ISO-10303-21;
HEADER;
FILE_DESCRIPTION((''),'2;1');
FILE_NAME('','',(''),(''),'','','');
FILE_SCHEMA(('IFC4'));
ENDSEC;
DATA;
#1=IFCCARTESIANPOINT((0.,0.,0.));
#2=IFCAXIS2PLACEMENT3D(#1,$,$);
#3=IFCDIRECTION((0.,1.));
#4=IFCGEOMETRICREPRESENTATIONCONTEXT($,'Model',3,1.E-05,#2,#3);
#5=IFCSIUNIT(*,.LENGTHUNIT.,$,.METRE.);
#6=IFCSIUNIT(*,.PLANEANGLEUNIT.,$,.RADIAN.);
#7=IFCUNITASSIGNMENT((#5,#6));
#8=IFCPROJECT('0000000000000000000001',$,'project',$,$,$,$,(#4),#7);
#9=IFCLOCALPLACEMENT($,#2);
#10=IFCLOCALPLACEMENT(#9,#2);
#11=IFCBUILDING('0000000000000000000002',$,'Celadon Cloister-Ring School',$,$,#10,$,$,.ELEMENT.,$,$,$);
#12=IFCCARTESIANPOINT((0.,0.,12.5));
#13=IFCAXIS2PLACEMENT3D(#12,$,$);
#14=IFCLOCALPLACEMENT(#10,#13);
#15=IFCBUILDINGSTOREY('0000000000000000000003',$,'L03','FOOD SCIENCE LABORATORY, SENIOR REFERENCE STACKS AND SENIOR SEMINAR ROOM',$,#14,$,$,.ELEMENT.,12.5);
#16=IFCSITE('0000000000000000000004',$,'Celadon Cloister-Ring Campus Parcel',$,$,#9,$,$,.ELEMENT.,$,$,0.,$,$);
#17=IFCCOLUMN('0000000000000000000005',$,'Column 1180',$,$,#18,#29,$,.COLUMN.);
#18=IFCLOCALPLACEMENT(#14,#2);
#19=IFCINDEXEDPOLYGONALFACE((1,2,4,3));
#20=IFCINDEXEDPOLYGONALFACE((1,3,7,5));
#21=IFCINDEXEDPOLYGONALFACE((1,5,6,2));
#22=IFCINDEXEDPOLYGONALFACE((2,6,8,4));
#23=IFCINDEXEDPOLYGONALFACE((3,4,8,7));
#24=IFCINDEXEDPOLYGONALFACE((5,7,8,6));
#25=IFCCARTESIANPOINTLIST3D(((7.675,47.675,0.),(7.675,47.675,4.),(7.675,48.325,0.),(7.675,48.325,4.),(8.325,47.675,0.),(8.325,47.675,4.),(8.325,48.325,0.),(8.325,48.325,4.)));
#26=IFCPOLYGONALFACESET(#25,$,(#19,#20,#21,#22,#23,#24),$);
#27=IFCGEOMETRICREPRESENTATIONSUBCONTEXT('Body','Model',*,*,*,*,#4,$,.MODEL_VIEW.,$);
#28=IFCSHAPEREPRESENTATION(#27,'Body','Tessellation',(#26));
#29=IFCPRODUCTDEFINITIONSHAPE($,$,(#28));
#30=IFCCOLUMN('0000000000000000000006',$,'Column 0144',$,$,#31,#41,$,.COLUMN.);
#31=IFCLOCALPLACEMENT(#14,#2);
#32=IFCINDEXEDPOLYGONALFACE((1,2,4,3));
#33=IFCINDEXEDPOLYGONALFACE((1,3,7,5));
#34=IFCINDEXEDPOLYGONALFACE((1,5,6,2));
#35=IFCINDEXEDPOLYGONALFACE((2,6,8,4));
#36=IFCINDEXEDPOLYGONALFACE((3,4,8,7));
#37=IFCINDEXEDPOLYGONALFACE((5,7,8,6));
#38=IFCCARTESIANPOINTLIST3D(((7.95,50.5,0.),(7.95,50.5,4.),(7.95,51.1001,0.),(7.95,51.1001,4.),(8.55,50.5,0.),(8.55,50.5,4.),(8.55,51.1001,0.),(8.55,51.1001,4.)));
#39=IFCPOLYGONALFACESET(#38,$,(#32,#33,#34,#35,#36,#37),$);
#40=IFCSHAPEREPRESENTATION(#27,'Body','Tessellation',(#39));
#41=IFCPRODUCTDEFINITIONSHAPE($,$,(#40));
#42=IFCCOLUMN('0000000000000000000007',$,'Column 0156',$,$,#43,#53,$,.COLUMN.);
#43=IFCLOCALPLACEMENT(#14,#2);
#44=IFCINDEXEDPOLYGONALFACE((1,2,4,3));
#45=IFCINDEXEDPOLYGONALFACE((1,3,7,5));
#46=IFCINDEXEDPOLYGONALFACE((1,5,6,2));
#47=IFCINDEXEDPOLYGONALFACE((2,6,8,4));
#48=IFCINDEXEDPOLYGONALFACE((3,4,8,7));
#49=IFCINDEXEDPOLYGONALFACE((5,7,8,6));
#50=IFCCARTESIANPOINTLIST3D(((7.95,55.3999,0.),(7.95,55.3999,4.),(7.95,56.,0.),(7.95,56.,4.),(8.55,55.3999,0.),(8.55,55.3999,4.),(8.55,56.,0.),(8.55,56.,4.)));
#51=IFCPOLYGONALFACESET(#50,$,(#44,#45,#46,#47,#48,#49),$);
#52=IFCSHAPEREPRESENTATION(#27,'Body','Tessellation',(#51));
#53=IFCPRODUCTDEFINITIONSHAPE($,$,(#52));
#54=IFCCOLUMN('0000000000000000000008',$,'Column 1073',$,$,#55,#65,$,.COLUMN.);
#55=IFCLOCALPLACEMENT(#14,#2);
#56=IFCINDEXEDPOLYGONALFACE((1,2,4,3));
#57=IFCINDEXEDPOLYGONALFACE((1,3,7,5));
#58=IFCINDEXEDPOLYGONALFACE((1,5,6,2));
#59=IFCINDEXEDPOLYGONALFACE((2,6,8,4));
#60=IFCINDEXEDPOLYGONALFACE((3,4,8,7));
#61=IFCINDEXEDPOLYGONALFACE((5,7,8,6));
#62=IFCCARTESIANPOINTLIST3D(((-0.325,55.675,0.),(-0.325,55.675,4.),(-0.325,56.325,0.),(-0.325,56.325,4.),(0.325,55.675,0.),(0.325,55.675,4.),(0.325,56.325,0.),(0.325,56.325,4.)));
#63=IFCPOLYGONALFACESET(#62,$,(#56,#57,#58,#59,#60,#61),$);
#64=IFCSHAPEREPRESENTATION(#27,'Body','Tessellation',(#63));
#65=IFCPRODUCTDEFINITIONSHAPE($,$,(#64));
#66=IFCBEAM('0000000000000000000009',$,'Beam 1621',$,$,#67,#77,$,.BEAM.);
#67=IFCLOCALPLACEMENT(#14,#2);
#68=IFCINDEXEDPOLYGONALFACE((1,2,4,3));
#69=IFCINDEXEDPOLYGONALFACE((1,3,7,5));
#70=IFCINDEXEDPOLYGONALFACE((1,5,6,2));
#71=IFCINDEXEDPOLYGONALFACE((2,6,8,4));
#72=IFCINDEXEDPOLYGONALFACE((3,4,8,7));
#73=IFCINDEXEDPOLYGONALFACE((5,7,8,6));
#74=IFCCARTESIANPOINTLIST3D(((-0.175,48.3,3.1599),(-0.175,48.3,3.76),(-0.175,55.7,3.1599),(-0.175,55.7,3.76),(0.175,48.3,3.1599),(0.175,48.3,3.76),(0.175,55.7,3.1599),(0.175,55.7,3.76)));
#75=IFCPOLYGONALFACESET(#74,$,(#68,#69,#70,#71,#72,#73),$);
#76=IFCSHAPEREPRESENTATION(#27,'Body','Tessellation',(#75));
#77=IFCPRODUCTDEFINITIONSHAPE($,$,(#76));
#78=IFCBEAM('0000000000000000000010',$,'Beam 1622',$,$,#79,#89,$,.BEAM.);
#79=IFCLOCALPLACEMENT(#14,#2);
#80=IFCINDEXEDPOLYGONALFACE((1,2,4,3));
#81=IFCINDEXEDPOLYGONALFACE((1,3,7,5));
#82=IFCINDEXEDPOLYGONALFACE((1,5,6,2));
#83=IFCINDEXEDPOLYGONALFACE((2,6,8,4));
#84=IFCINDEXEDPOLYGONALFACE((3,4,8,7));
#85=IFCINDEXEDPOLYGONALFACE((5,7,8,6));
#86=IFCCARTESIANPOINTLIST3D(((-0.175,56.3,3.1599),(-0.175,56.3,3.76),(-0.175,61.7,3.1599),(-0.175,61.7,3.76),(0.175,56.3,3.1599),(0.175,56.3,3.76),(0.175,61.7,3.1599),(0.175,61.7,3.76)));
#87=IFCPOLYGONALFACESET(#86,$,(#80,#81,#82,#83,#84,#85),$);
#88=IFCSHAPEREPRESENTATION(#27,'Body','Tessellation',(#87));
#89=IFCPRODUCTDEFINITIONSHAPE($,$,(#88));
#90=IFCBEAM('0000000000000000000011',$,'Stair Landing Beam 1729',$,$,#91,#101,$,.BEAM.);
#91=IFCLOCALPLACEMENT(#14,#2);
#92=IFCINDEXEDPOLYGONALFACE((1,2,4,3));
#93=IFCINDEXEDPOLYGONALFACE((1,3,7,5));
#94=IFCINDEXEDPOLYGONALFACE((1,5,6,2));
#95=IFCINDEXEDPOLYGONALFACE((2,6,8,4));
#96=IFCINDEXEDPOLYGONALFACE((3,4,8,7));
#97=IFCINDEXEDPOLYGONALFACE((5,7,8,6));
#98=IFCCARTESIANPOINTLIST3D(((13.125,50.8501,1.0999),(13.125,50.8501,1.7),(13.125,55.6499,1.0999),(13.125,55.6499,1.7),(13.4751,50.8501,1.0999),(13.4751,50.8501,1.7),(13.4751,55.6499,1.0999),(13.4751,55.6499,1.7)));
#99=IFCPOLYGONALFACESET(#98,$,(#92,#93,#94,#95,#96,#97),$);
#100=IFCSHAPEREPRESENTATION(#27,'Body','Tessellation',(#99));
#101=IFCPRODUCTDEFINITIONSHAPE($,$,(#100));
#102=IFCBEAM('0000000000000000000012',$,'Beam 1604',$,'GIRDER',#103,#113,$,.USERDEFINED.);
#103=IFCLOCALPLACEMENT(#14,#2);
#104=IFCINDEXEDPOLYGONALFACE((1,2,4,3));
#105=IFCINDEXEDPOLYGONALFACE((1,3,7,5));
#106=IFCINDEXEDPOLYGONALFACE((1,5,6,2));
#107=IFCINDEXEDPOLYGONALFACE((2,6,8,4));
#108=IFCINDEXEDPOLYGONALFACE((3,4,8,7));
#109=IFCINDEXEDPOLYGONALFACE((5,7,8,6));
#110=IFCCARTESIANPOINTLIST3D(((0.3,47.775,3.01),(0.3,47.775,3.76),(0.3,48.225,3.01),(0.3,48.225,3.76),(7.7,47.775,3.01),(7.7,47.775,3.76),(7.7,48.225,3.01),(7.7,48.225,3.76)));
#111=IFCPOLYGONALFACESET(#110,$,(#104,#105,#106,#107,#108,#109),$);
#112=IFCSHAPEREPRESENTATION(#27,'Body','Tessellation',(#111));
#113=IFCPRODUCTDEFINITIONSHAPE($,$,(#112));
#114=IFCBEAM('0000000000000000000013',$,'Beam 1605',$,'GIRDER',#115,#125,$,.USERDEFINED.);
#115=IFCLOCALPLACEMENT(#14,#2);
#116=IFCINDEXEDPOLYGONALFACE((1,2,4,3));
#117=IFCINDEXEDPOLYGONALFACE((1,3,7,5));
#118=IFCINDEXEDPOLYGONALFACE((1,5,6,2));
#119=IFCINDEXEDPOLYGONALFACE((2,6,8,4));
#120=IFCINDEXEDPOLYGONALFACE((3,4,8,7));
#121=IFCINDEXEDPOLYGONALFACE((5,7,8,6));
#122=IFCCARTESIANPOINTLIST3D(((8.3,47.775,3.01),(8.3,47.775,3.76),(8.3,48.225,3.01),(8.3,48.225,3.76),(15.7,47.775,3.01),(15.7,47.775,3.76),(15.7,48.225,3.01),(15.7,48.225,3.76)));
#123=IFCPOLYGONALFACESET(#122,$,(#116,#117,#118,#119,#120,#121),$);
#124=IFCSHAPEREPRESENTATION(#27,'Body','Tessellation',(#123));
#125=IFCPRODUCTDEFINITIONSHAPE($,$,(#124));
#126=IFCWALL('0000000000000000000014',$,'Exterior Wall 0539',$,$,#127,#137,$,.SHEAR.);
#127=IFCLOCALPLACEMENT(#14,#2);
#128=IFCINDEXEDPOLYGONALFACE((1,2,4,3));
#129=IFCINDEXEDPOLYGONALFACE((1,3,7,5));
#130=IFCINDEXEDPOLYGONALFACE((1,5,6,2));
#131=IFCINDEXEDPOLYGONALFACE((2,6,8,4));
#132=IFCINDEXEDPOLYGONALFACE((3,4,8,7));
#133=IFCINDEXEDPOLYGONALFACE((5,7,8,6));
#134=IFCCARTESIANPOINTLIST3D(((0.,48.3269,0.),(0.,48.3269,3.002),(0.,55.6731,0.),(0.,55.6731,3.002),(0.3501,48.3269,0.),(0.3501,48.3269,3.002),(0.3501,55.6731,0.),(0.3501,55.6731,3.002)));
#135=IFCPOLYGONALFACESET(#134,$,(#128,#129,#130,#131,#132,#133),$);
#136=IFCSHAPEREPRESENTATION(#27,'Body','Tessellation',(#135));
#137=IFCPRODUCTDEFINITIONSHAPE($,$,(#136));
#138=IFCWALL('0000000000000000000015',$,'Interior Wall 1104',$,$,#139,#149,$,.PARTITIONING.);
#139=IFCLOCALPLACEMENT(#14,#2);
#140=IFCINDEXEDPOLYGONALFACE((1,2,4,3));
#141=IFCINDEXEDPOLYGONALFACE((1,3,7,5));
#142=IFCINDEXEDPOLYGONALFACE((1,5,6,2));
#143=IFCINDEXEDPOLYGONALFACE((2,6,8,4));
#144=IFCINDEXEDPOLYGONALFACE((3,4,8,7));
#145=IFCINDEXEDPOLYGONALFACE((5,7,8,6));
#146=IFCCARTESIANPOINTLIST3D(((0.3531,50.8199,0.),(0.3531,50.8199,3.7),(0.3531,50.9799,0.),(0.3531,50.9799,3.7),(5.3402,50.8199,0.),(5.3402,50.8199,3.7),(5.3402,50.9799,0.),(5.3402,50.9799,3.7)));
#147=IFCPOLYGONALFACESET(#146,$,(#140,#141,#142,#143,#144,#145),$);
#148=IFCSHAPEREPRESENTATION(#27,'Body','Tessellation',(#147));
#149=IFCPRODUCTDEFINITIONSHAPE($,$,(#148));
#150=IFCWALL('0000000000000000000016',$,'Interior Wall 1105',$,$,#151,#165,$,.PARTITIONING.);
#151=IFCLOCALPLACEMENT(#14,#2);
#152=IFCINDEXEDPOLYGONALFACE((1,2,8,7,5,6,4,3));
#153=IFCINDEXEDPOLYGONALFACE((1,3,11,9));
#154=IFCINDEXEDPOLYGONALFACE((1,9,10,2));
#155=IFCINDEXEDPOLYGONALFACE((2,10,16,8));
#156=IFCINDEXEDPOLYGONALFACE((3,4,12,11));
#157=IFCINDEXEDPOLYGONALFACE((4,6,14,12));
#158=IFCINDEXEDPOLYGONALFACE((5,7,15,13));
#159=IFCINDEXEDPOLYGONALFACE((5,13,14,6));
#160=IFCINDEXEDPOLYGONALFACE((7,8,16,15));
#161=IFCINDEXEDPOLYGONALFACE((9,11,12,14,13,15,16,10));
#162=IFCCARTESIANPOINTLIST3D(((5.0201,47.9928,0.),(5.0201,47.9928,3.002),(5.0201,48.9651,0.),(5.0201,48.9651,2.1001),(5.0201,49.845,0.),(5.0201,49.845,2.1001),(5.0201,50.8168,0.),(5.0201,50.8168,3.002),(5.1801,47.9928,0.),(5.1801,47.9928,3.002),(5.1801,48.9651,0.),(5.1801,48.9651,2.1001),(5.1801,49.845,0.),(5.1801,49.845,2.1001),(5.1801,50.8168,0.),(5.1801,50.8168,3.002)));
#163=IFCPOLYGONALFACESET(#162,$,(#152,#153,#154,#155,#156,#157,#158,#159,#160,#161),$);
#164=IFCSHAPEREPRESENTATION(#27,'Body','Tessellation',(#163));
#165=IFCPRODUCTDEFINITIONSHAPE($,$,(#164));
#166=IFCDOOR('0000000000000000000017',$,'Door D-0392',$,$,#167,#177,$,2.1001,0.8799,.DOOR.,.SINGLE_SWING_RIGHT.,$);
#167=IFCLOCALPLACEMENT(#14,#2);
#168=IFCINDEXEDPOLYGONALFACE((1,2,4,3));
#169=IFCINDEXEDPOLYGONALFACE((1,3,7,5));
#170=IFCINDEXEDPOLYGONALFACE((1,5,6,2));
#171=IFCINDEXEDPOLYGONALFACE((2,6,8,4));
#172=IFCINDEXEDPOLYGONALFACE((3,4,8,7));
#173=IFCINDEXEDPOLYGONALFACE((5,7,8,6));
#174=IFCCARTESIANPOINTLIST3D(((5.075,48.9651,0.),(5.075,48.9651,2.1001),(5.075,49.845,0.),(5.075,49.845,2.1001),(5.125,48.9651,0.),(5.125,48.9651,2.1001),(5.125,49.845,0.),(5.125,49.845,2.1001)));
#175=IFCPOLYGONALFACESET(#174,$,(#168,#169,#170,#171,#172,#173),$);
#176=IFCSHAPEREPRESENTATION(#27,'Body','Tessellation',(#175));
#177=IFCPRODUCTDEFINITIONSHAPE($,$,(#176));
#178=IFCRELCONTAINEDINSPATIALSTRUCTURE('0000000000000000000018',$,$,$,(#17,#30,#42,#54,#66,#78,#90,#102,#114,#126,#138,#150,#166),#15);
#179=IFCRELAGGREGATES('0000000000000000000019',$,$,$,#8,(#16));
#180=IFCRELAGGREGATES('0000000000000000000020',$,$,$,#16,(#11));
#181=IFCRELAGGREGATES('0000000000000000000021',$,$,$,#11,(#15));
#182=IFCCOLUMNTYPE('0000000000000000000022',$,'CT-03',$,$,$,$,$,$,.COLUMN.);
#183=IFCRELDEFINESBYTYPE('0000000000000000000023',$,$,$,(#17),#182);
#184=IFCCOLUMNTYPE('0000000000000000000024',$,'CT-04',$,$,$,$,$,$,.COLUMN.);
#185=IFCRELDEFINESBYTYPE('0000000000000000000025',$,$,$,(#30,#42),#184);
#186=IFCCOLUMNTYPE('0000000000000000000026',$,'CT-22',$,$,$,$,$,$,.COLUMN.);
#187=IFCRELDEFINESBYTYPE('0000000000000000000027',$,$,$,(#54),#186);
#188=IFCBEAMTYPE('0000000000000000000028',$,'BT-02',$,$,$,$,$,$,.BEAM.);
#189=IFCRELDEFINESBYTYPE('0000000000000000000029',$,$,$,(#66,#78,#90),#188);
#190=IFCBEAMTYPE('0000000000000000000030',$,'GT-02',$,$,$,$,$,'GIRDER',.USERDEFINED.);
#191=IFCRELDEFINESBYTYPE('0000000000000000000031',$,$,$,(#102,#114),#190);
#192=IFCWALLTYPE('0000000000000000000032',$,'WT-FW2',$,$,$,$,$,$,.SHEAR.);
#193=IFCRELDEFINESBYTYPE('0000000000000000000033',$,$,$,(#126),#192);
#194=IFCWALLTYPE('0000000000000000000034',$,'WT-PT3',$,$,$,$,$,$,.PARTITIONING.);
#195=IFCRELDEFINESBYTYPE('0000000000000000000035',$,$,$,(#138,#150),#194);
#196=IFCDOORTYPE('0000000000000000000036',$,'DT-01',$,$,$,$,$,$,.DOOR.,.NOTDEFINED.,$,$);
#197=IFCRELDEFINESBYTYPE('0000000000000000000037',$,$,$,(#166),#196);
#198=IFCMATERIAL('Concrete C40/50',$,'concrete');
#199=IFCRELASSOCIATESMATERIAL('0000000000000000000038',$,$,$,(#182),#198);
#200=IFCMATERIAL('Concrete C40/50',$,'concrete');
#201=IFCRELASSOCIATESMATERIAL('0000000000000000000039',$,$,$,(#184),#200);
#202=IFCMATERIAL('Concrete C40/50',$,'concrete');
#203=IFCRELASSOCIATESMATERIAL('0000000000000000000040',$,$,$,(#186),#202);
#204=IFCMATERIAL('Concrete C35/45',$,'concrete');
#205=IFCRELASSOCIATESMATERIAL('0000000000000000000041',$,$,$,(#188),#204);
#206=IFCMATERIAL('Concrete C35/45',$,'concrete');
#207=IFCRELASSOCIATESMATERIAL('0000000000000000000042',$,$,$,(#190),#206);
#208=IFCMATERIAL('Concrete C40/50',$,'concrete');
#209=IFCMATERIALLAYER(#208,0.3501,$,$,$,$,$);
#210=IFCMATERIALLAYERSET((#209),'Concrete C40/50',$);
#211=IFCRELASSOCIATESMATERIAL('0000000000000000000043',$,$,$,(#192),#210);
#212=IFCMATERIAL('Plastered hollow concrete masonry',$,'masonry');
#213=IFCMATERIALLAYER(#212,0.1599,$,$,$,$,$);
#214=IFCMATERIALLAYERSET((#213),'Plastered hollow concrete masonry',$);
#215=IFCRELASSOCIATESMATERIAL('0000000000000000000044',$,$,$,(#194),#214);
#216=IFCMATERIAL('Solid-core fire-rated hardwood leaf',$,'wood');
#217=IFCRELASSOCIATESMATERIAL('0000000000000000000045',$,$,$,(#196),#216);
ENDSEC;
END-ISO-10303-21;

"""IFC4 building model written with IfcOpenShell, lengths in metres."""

from ifc_helpers import new_model, si_unit, direction, frame, frame_2d, origin, origin_2d, place, context, subcontext, project, spatial, rectangle, extrude, material, layer, layer_set, material_profile, profile_set, type_object, element, fill, save


model = new_model("IFC4")

# Units and contexts
model_context = context("Model", 3, precision=1e-05, world=origin(), true_north=direction((0.0, 1.0)))
body_context = subcontext(model_context, "Body", "Model", "MODEL_VIEW")
ifc_project = project(units=[si_unit("LENGTHUNIT", "METRE"), si_unit("PLANEANGLEUNIT", "RADIAN")], contexts=[model_context])

# Site, building, storey
site_placement = place(None, origin())
site = spatial("IfcSite", under=ifc_project, at=site_placement, Name="Celadon Cloister-Ring Campus Parcel", CompositionType="ELEMENT", RefElevation=0.0)
building_placement = place(site_placement, origin())
building = spatial("IfcBuilding", under=site, at=building_placement, Name="Celadon Cloister-Ring School", CompositionType="ELEMENT")
storey_placement = place(building_placement, frame((0.0, 0.0, 12.5)))
storey = spatial("IfcBuildingStorey", under=building, at=storey_placement, Name="L03", Description="FOOD SCIENCE LABORATORY, SENIOR REFERENCE STACKS AND SENIOR SEMINAR ROOM", CompositionType="ELEMENT", Elevation=12.5)

# Columns
ifc_material_1 = material(Name="Concrete C40/50", Category="concrete")
ifc_material_profile_1 = material_profile(ifc_material_1, rectangle(XDim=0.6499, YDim=0.6499, at=origin_2d()), Name="RC650X650")
ifc_profile_set_1 = profile_set([ifc_material_profile_1], Name="Concrete C40/50")
column_type_1 = type_object("IfcColumnType", Name="CT-03", PredefinedType="COLUMN", material=ifc_profile_set_1)
column_1_placement = place(storey_placement, frame((8.0, 48.0, 0.0), z_axis=(0.0, 0.0, 1.0), x_axis=(1.0, 0.0, 0.0)))
element("IfcColumn", 1, at=column_1_placement, inside=storey, type_object=column_type_1, Name="Column 1180", PredefinedType="COLUMN", context=body_context, shape_type="SweptSolid", body=[
    extrude(rectangle(XDim=0.6499, YDim=0.6499, at=origin_2d()), origin(), (0.0, 0.0, 1.0), 4.0),
])
ifc_material_2 = material(Name="Concrete C40/50", Category="concrete")
ifc_material_profile_2 = material_profile(ifc_material_2, rectangle(XDim=0.6001, YDim=0.6001, at=origin_2d()), Name="RC600X600")
ifc_profile_set_2 = profile_set([ifc_material_profile_2], Name="Concrete C40/50")
column_type_2 = type_object("IfcColumnType", Name="CT-04", PredefinedType="COLUMN", material=ifc_profile_set_2)
for number, where, z_axis, x_axis, name in (
    (2, (8.25, 50.8, 0.0), (0.0, 0.0, 1.0), (1.0, 0.0, 0.0), "Column 0144"),
    (3, (8.25, 55.7, 0.0), (0.0, 0.0, 1.0), (1.0, 0.0, 0.0), "Column 0156"),
):
    element("IfcColumn", number, at=place(storey_placement, frame(where, z_axis=z_axis, x_axis=x_axis)), inside=storey, type_object=column_type_2, Name=name, PredefinedType="COLUMN", context=body_context, shape_type="SweptSolid", body=[
        extrude(rectangle(XDim=0.6001, YDim=0.6001, at=origin_2d()), origin(), (0.0, 0.0, 1.0), 4.0),
    ])
ifc_material_3 = material(Name="Concrete C40/50", Category="concrete")
ifc_material_profile_3 = material_profile(ifc_material_3, rectangle(XDim=0.6499, YDim=0.6499, at=origin_2d()), Name="RC650X650")
ifc_profile_set_3 = profile_set([ifc_material_profile_3], Name="Concrete C40/50")
column_type_3 = type_object("IfcColumnType", Name="CT-22", PredefinedType="COLUMN", material=ifc_profile_set_3)
column_2_placement = place(storey_placement, frame((0.0, 56.0, 0.0), z_axis=(0.0, 0.0, 1.0), x_axis=(1.0, 0.0, 0.0)))
element("IfcColumn", 4, at=column_2_placement, inside=storey, type_object=column_type_3, Name="Column 1073", PredefinedType="COLUMN", context=body_context, shape_type="SweptSolid", body=[
    extrude(rectangle(XDim=0.6499, YDim=0.6499, at=origin_2d()), origin(), (0.0, 0.0, 1.0), 4.0),
])

# Beams
ifc_material_4 = material(Name="Concrete C35/45", Category="concrete")
ifc_material_profile_4 = material_profile(ifc_material_4, rectangle(XDim=0.3501, YDim=0.6001, at=origin_2d()), Name="RC350X600")
ifc_profile_set_4 = profile_set([ifc_material_profile_4], Name="Concrete C35/45")
beam_type_1 = type_object("IfcBeamType", Name="BT-02", PredefinedType="BEAM", material=ifc_profile_set_4)
beam_1_placement = place(storey_placement, frame((0.0, 48.3, 3.46), z_axis=(0.0, 1.0, 0.0), x_axis=(-1.0, 0.0, 0.0)))
element("IfcBeam", 5, at=beam_1_placement, inside=storey, type_object=beam_type_1, Name="Beam 1621", PredefinedType="BEAM", context=body_context, shape_type="SweptSolid", body=[
    extrude(rectangle(XDim=0.3501, YDim=0.6001, at=origin_2d()), origin(), (0.0, 0.0, 1.0), 7.3999),
])
beam_2_placement = place(storey_placement, frame((0.0, 56.3, 3.46), z_axis=(0.0, 1.0, 0.0), x_axis=(-1.0, 0.0, 0.0)))
element("IfcBeam", 6, at=beam_2_placement, inside=storey, type_object=beam_type_1, Name="Beam 1622", PredefinedType="BEAM", context=body_context, shape_type="SweptSolid", body=[
    extrude(rectangle(XDim=0.3501, YDim=0.6001, at=origin_2d()), origin(), (0.0, 0.0, 1.0), 5.3999),
])
beam_3_placement = place(storey_placement, frame((13.3, 50.8501, 1.3999), z_axis=(0.0, 1.0, 0.0), x_axis=(-1.0, 0.0, 0.0)))
element("IfcBeam", 7, at=beam_3_placement, inside=storey, type_object=beam_type_1, Name="Stair Landing Beam 1729", PredefinedType="BEAM", context=body_context, shape_type="SweptSolid", body=[
    extrude(rectangle(XDim=0.3501, YDim=0.6001, at=origin_2d()), origin(), (0.0, 0.0, 1.0), 4.7998),
])
ifc_material_5 = material(Name="Concrete C35/45", Category="concrete")
ifc_material_profile_5 = material_profile(ifc_material_5, rectangle(XDim=0.45, YDim=0.75, at=origin_2d()), Name="RC450X750")
ifc_profile_set_5 = profile_set([ifc_material_profile_5], Name="Concrete C35/45")
beam_type_2 = type_object("IfcBeamType", Name="GT-02", ElementType="GIRDER", PredefinedType="USERDEFINED", material=ifc_profile_set_5)
for number, where, z_axis, x_axis, name in (
    (8, (0.3, 48.0, 3.385), (1.0, 0.0, 0.0), (0.0, 1.0, 0.0), "Beam 1604"),
    (9, (8.3, 48.0, 3.385), (1.0, 0.0, 0.0), (0.0, 1.0, 0.0), "Beam 1605"),
):
    element("IfcBeam", number, at=place(storey_placement, frame(where, z_axis=z_axis, x_axis=x_axis)), inside=storey, type_object=beam_type_2, Name=name, ObjectType="GIRDER", PredefinedType="USERDEFINED", context=body_context, shape_type="SweptSolid", body=[
        extrude(rectangle(XDim=0.45, YDim=0.75, at=origin_2d()), origin(), (0.0, 0.0, 1.0), 7.3999),
    ])

# Walls
ifc_material_6 = material(Name="Concrete C40/50", Category="concrete")
ifc_layer_1 = layer(ifc_material_6, 0.3501)
ifc_layer_set_1 = layer_set([ifc_layer_1], Name="Concrete C40/50")
wall_type_1 = type_object("IfcWallType", Name="WT-FW2", PredefinedType="SHEAR", material=ifc_layer_set_1)
wall_1_placement = place(storey_placement, frame((0.175, 48.3269, 0.0), z_axis=(0.0, 0.0, 1.0), x_axis=(0.0, 1.0, 0.0)))
element("IfcWall", 10, at=wall_1_placement, inside=storey, type_object=wall_type_1, Name="Exterior Wall 0539", PredefinedType="SHEAR", context=body_context, shape_type="SweptSolid", body=[
    extrude(rectangle(XDim=7.3462, YDim=0.3501, at=frame_2d((3.6731, 0.0))), origin(), (0.0, 0.0, 1.0), 3.002),
])
ifc_material_7 = material(Name="Plastered hollow concrete masonry", Category="masonry")
ifc_layer_2 = layer(ifc_material_7, 0.1599)
ifc_layer_set_2 = layer_set([ifc_layer_2], Name="Plastered hollow concrete masonry")
wall_type_2 = type_object("IfcWallType", Name="WT-PT3", PredefinedType="PARTITIONING", material=ifc_layer_set_2)
wall_2_placement = place(storey_placement, frame((0.353, 50.8999, 0.0), z_axis=(0.0, 0.0, 1.0), x_axis=(1.0, 0.0, 0.0)))
element("IfcWall", 11, at=wall_2_placement, inside=storey, type_object=wall_type_2, Name="Interior Wall 1104", PredefinedType="PARTITIONING", context=body_context, shape_type="SweptSolid", body=[
    extrude(rectangle(XDim=4.9871, YDim=0.1599, at=frame_2d((2.4937, 0.0))), origin(), (0.0, 0.0, 1.0), 3.7),
])

# Wall, opening, door
wall_3_placement = place(storey_placement, frame((5.1001, 50.8169, 0.0), z_axis=(0.0, 0.0, 1.0), x_axis=(0.0, -1.0, 0.0)))
wall_3 = element("IfcWall", 12, at=wall_3_placement, inside=storey, type_object=wall_type_2, Name="Interior Wall 1105", PredefinedType="PARTITIONING", context=body_context, shape_type="SweptSolid", body=[
    extrude(rectangle(XDim=2.824, YDim=0.1599, at=frame_2d((1.4121, 0.0))), origin(), (0.0, 0.0, 1.0), 3.002),
])
opening_placement = place(wall_3_placement, frame((0.9719, 0.0, 0.0)))
opening = element("IfcOpeningElement", 13, at=opening_placement, cuts=wall_3, PredefinedType="OPENING", context=body_context, shape_type="SweptSolid", body=[
    extrude(rectangle(XDim=0.8799, YDim=2.1001, at=frame_2d((0.4399, 1.05))), frame((0.0, 0.0898, 0.0), z_axis=(0.0, -1.0, 0.0), x_axis=(1.0, 0.0, 0.0)), (0.0, 0.0, 1.0), 0.1799),
])
ifc_material_8 = material(Name="Solid-core fire-rated hardwood leaf", Category="wood")
door_type = type_object("IfcDoorType", Name="DT-01", OperationType="NOTDEFINED", PredefinedType="DOOR", material=ifc_material_8)
door_placement = place(opening_placement, origin())
door = element("IfcDoor", 14, at=door_placement, inside=storey, type_object=door_type, Name="Door D-0392", OperationType="SINGLE_SWING_RIGHT", OverallHeight=2.1001, OverallWidth=0.8799, PredefinedType="DOOR", context=body_context, shape_type="SweptSolid", body=[
    extrude(rectangle(XDim=0.8799, YDim=2.1001, at=frame_2d((0.4399, 1.05))), frame((0.0, 0.0249, 0.0), z_axis=(0.0, -1.0, 0.0), x_axis=(1.0, 0.0, 0.0)), (0.0, 0.0, 1.0), 0.05),
])
fill(opening, door)

save(model, "model.ifc")
